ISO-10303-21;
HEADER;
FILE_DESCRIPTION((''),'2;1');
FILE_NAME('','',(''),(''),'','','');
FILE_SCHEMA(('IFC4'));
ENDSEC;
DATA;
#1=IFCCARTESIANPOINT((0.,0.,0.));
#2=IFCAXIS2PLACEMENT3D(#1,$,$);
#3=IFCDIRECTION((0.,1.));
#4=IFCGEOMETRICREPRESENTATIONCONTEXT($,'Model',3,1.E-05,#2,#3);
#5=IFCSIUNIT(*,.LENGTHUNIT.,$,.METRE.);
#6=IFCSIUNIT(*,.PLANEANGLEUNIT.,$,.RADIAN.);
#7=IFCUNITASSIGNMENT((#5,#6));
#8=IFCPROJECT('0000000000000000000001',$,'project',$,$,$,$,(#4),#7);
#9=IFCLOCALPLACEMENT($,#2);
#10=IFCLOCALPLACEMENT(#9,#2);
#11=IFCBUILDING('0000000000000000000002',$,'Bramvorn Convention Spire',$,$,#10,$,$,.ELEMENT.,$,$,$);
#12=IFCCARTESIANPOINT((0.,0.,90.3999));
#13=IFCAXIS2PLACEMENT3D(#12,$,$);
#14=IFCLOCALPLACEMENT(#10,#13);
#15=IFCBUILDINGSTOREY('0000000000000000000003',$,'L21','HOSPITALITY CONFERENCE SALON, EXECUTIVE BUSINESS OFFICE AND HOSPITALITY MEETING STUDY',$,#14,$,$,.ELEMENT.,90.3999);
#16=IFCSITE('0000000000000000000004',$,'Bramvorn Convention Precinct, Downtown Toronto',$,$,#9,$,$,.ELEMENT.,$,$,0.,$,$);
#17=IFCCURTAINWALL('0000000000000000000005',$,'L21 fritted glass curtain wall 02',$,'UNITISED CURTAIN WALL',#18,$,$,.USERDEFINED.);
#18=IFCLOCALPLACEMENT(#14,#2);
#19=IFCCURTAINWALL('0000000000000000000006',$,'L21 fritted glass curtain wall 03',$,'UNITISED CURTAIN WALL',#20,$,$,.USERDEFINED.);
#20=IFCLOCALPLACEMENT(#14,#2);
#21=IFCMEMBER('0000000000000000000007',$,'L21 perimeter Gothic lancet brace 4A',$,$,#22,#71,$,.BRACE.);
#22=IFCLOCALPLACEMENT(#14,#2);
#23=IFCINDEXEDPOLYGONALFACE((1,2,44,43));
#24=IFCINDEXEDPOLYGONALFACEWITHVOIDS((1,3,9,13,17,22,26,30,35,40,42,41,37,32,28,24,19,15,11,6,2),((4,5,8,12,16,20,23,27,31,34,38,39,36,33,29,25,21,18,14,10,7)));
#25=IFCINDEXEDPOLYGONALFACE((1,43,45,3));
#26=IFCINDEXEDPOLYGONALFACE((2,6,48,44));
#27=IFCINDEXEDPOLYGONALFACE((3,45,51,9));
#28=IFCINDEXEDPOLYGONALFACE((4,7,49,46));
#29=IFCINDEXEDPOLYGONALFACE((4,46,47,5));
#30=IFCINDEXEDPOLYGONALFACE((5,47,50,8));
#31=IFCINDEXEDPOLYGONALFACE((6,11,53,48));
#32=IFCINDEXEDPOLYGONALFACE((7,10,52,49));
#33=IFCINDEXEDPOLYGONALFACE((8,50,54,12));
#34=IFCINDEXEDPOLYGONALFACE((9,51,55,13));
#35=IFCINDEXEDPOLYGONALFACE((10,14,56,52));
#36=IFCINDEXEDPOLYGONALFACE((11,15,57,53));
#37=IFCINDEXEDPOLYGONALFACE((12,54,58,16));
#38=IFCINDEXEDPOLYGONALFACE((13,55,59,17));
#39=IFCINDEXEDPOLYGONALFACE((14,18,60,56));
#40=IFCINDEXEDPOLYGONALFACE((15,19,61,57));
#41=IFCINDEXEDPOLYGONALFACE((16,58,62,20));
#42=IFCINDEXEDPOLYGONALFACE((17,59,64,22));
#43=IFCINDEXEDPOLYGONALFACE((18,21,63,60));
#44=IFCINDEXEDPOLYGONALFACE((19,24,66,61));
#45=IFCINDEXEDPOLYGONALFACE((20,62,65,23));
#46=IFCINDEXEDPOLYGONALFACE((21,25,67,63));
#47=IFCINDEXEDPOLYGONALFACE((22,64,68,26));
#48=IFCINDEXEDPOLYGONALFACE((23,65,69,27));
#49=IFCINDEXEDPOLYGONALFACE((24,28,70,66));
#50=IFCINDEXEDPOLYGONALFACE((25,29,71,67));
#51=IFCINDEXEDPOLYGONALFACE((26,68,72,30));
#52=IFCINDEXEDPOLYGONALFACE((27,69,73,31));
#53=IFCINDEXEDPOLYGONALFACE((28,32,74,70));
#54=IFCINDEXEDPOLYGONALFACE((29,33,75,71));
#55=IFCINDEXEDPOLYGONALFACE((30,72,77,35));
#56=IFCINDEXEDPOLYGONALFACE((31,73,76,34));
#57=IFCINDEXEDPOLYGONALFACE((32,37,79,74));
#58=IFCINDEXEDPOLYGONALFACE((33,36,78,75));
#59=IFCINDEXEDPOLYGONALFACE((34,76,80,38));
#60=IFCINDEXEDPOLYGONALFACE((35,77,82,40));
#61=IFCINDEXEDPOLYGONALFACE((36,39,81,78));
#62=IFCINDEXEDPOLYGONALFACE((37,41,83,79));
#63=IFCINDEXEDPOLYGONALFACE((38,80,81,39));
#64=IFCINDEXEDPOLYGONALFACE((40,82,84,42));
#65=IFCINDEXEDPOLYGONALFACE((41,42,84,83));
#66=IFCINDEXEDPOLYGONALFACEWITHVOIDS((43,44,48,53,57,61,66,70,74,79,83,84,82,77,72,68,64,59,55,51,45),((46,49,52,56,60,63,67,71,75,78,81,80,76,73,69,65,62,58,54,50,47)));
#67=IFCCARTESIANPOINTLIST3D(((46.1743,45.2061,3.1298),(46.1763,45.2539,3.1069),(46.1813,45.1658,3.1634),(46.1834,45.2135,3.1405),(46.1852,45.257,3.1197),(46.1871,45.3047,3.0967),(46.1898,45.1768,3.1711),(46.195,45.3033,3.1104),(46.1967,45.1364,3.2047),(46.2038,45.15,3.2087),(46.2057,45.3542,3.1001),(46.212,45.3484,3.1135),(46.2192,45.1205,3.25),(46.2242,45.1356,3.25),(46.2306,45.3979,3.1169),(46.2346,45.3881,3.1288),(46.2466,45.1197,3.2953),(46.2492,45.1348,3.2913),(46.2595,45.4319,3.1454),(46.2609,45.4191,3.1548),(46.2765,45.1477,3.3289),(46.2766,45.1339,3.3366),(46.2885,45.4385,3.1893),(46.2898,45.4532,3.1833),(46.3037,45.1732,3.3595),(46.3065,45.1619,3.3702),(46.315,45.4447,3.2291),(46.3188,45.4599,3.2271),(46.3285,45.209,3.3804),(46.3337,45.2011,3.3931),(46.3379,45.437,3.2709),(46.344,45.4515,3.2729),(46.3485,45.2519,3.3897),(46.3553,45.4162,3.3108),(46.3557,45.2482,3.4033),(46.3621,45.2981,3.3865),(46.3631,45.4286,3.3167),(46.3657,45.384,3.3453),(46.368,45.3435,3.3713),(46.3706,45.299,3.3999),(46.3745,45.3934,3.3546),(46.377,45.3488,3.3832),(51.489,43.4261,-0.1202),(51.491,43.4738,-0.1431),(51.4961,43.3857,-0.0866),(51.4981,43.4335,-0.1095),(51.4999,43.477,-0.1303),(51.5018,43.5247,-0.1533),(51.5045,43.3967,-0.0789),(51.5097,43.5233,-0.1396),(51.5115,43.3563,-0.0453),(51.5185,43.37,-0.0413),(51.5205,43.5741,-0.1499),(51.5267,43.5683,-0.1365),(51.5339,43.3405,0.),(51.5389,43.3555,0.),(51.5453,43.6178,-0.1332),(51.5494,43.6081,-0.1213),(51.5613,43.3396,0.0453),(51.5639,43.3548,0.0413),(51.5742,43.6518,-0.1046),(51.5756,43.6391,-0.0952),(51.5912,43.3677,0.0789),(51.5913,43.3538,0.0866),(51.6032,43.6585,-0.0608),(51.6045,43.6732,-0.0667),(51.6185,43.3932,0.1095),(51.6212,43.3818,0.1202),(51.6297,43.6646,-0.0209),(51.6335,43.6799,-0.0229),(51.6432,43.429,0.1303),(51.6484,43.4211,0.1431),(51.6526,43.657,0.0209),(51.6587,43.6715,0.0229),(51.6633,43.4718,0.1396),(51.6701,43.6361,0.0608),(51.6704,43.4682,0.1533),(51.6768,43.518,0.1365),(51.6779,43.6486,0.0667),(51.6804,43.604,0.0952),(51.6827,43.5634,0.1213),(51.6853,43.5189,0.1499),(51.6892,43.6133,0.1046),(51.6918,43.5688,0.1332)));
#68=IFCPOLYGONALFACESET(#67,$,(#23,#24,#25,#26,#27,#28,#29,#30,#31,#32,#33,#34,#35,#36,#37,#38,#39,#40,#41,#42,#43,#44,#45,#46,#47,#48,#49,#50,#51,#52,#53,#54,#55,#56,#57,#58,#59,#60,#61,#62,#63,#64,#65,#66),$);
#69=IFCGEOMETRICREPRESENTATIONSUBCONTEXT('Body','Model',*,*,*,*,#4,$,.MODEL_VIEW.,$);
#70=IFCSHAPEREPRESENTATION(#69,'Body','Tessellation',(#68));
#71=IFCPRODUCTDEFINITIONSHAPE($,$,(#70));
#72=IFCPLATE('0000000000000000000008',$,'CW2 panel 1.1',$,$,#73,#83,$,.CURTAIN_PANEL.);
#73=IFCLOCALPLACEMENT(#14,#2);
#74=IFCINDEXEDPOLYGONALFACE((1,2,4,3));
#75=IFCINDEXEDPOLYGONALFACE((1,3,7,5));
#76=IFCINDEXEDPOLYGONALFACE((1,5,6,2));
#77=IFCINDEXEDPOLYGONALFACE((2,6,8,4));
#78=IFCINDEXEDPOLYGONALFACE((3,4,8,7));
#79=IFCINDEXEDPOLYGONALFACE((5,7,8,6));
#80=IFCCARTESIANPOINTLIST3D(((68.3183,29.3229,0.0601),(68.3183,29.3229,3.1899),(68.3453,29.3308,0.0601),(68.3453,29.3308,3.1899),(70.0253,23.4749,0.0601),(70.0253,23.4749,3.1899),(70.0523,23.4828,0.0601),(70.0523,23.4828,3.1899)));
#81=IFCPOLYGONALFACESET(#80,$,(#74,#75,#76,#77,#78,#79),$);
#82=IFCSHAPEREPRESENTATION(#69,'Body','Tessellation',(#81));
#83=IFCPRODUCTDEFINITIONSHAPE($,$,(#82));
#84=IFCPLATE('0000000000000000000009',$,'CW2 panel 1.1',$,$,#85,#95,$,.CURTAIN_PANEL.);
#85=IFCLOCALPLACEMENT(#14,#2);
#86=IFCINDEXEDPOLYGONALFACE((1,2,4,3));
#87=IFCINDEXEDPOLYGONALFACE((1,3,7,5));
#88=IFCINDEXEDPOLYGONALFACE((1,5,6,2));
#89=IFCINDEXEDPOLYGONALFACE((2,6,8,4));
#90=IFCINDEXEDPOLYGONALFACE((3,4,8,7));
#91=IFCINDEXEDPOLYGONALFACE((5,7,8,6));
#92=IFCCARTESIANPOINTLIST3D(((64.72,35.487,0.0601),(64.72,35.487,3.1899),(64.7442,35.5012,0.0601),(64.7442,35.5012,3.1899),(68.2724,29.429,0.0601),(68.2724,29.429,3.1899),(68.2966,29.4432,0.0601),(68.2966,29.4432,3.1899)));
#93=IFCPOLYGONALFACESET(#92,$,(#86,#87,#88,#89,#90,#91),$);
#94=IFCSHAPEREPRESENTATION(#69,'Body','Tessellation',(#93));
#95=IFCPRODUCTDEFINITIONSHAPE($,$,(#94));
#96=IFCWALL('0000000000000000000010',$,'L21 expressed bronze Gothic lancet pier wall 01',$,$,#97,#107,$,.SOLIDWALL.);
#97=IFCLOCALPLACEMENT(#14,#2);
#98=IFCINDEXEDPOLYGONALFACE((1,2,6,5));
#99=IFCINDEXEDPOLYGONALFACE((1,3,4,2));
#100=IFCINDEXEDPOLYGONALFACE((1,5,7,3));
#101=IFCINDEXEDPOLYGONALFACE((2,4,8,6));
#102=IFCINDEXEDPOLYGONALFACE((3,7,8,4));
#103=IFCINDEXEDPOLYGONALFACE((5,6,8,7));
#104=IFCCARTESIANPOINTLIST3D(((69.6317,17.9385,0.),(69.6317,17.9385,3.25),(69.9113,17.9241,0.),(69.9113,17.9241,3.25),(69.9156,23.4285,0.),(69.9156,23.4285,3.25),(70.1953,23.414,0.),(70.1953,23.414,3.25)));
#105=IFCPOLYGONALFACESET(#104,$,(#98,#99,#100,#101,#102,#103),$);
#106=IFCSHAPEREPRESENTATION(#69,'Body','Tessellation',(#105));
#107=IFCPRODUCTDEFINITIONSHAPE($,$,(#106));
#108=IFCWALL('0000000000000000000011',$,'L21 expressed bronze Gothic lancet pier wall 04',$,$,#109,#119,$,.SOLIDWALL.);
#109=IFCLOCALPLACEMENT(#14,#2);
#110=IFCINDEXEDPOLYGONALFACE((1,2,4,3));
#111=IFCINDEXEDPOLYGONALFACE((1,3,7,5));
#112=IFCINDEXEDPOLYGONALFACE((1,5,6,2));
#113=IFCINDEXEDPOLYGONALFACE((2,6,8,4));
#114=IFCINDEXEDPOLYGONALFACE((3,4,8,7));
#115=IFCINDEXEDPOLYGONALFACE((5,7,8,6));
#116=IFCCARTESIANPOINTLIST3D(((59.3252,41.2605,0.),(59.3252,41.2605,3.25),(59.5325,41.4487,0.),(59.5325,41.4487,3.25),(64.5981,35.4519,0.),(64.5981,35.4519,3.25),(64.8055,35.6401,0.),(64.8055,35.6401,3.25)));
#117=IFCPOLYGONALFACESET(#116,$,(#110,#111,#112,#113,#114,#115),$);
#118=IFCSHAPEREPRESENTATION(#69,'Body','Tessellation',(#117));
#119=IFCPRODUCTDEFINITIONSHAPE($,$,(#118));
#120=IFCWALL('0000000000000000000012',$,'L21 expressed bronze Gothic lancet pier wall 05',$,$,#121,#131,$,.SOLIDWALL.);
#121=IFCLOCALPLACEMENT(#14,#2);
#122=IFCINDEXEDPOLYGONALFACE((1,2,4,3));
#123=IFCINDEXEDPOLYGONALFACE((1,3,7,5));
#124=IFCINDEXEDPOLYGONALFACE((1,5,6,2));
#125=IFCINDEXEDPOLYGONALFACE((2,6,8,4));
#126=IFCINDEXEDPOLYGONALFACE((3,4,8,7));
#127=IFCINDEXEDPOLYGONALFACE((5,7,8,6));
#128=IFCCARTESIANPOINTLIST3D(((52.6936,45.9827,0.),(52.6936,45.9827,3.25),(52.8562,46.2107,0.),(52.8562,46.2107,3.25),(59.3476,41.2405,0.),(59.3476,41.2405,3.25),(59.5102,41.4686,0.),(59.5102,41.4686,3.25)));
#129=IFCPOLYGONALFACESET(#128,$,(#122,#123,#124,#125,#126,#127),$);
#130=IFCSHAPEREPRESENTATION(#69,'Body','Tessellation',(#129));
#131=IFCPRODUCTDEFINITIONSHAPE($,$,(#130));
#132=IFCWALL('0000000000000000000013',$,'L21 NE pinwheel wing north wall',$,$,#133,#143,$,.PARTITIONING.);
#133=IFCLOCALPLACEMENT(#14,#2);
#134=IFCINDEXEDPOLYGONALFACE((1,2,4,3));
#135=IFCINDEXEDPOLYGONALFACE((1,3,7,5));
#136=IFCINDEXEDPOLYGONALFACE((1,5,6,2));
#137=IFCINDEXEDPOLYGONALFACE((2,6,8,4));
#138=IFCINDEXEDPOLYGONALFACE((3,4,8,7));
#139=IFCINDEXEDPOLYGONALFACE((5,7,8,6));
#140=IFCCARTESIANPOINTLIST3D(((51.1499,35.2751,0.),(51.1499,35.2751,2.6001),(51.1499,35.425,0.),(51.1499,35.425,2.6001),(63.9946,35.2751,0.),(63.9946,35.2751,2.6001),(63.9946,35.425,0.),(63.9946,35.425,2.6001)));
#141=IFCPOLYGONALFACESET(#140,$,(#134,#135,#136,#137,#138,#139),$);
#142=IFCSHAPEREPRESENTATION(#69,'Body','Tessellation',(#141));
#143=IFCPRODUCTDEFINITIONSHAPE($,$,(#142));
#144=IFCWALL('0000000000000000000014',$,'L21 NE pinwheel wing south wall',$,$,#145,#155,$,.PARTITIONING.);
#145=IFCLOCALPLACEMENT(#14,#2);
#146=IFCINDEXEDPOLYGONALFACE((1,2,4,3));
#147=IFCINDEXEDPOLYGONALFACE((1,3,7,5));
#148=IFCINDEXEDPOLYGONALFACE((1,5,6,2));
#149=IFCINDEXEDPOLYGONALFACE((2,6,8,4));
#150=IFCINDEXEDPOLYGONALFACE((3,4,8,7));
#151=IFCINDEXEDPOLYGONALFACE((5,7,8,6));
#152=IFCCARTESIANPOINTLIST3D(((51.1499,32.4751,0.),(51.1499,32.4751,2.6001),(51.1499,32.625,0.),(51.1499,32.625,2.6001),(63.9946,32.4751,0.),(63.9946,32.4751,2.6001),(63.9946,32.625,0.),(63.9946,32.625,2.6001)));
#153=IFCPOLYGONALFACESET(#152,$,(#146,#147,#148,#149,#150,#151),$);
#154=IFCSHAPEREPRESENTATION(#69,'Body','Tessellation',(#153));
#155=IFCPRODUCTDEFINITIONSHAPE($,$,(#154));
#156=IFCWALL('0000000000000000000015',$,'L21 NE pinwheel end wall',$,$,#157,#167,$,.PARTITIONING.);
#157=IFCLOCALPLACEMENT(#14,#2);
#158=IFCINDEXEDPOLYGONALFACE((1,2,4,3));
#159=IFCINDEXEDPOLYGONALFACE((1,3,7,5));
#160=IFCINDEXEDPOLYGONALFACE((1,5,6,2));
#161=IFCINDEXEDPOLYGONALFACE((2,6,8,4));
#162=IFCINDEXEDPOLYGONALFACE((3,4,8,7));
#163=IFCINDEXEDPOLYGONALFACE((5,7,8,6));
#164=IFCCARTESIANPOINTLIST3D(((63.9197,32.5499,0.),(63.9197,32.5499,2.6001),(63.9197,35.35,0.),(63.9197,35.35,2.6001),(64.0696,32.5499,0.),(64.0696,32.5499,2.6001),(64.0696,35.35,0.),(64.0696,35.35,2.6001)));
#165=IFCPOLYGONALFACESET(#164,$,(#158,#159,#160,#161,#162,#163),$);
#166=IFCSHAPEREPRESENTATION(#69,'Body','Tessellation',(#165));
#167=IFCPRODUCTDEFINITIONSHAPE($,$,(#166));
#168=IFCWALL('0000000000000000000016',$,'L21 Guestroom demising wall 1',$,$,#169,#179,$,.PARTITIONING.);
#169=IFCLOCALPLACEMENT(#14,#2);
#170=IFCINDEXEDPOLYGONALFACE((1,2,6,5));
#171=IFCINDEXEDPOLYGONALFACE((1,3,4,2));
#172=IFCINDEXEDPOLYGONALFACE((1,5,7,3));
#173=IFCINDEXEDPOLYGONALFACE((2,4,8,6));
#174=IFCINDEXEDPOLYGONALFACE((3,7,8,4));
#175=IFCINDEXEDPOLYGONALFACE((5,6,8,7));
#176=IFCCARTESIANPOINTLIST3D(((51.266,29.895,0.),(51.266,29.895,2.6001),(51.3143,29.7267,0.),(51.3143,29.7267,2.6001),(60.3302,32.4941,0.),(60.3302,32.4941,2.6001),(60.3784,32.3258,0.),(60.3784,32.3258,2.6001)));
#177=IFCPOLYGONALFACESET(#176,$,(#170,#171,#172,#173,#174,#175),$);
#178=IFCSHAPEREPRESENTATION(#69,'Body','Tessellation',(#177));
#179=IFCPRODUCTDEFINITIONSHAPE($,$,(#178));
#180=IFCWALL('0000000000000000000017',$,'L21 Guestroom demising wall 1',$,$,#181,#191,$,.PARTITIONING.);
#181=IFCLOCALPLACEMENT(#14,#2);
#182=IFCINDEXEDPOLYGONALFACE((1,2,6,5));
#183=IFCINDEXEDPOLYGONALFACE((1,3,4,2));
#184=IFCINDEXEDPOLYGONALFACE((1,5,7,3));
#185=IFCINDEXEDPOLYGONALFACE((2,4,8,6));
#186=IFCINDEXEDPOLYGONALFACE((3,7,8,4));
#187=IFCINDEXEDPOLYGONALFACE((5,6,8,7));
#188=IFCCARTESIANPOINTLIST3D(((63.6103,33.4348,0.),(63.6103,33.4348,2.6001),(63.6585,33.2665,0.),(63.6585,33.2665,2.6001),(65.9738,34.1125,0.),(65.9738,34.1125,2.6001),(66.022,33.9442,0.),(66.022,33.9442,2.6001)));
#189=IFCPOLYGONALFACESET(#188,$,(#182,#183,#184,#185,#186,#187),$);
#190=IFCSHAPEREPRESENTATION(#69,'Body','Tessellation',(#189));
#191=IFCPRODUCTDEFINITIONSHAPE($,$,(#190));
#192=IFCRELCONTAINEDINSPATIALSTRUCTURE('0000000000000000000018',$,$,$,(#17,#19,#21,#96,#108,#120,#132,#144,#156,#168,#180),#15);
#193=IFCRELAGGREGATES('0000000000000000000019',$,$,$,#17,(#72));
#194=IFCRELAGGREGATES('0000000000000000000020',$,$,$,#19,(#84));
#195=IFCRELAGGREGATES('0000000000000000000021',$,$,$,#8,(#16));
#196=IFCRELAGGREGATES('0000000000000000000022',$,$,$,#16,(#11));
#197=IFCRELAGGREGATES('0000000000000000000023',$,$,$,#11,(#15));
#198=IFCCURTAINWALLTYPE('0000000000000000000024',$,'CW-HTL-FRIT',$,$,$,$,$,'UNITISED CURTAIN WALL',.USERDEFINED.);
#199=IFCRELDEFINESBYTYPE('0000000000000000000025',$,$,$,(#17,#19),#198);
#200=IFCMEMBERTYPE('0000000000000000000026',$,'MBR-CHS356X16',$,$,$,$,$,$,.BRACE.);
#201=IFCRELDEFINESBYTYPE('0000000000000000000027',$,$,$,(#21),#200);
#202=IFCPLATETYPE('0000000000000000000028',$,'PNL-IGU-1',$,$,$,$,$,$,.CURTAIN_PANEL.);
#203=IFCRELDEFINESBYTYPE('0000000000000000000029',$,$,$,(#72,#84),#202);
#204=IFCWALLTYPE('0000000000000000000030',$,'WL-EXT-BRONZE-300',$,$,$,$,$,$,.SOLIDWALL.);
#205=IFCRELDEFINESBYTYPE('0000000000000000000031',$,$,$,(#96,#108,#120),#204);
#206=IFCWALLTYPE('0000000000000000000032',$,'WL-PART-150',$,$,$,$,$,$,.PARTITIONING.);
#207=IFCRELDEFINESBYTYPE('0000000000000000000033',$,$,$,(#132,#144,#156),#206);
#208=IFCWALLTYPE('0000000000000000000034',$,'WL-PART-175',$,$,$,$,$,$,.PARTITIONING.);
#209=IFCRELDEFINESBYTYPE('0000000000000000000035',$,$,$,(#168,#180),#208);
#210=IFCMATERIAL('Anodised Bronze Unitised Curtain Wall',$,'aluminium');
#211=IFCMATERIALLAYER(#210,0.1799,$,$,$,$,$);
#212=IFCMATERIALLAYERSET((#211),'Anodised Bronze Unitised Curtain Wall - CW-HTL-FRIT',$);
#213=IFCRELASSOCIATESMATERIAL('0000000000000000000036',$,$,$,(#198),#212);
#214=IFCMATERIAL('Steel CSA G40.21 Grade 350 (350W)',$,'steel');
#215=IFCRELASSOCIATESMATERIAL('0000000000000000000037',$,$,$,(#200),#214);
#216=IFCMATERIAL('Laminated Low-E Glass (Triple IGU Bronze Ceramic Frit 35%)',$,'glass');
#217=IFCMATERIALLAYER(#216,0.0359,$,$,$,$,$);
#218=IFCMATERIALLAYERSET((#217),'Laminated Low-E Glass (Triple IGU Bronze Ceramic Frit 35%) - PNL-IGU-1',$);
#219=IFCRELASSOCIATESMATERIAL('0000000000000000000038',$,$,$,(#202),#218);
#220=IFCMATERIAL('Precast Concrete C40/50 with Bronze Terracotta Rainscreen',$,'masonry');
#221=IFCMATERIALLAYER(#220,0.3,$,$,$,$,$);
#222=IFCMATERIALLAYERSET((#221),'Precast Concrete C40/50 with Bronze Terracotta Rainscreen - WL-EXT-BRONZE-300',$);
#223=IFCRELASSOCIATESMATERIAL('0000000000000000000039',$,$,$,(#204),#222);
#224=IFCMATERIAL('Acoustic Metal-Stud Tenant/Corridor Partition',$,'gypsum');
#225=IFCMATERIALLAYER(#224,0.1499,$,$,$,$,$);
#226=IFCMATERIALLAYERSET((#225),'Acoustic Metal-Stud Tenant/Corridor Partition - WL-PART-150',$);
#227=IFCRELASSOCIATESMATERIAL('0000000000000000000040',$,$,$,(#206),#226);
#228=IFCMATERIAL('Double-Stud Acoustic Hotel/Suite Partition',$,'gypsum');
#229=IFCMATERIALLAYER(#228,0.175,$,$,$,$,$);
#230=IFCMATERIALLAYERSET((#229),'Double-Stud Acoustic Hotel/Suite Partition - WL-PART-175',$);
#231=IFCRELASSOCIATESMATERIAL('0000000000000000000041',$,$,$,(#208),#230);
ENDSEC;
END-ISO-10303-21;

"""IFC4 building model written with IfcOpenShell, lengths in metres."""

from ifc_helpers import new_model, si_unit, direction, frame, frame_2d, origin, origin_2d, place, context, subcontext, project, spatial, rectangle, hollow_circle, extrude, material, layer, layer_set, material_profile, profile_set, type_object, element, aggregate, save


model = new_model("IFC4")

# Units and contexts
model_context = context("Model", 3, precision=1e-05, world=origin(), true_north=direction((0.0, 1.0)))
body_context = subcontext(model_context, "Body", "Model", "MODEL_VIEW")
ifc_project = project(units=[si_unit("LENGTHUNIT", "METRE"), si_unit("PLANEANGLEUNIT", "RADIAN")], contexts=[model_context])

# Site, building, storey
site_placement = place(None, origin())
site = spatial("IfcSite", under=ifc_project, at=site_placement, Name="Bramvorn Convention Precinct, Downtown Toronto", CompositionType="ELEMENT", RefElevation=0.0)
building_placement = place(site_placement, origin())
building = spatial("IfcBuilding", under=site, at=building_placement, Name="Bramvorn Convention Spire", CompositionType="ELEMENT")
storey_placement = place(building_placement, frame((0.0, 0.0, 90.3999)))
storey = spatial("IfcBuildingStorey", under=building, at=storey_placement, Name="L21", Description="HOSPITALITY CONFERENCE SALON, EXECUTIVE BUSINESS OFFICE AND HOSPITALITY MEETING STUDY", CompositionType="ELEMENT", Elevation=90.3999)

# Shared definitions
ifc_material_1 = material(Name="Steel CSA G40.21 Grade 350 (350W)", Category="steel")

# Curtain walls
ifc_material_2 = material(Name="Anodised Bronze Unitised Curtain Wall", Category="aluminium")
ifc_layer_1 = layer(ifc_material_2, 0.1799)
ifc_layer_set_1 = layer_set([ifc_layer_1], Name="Anodised Bronze Unitised Curtain Wall - CW-HTL-FRIT")
curtain_wall_type = type_object("IfcCurtainWallType", Name="CW-HTL-FRIT", ElementType="UNITISED CURTAIN WALL", PredefinedType="USERDEFINED", material=ifc_layer_set_1)
curtain_wall_1_placement = place(storey_placement, origin())
curtain_wall_1 = element("IfcCurtainWall", 1, at=curtain_wall_1_placement, inside=storey, type_object=curtain_wall_type, Name="L21 fritted glass curtain wall 02", ObjectType="UNITISED CURTAIN WALL", PredefinedType="USERDEFINED")
curtain_wall_2_placement = place(storey_placement, origin())
curtain_wall_2 = element("IfcCurtainWall", 2, at=curtain_wall_2_placement, inside=storey, type_object=curtain_wall_type, Name="L21 fritted glass curtain wall 03", ObjectType="UNITISED CURTAIN WALL", PredefinedType="USERDEFINED")

# Member
ifc_material_profile_1 = material_profile(ifc_material_1, hollow_circle(Radius=0.1777, WallThickness=0.0159, at=origin_2d()))
ifc_profile_set_1 = profile_set([ifc_material_profile_1], Name="Steel CSA G40.21 Grade 350 (350W) - CHS356X16")
member_type_1 = type_object("IfcMemberType", Name="MBR-CHS356X16", PredefinedType="BRACE", material=ifc_profile_set_1)
member_1_placement = place(storey_placement, frame((51.5903, 43.509, 0.0), z_axis=(-0.8203, 0.27474, 0.501623), x_axis=(-0.317586, -0.948229, 0.0)))
element("IfcMember", 3, at=member_1_placement, inside=storey, type_object=member_type_1, Name="L21 perimeter Gothic lancet brace 4A", PredefinedType="BRACE", context=body_context, shape_type="SweptSolid", body=[
    extrude(hollow_circle(Radius=0.1777, WallThickness=0.0159, at=origin_2d()), origin(), (0.0, 0.0, 1.0), 6.479),
])

# Plates
ifc_material_3 = material(Name="Laminated Low-E Glass (Triple IGU Bronze Ceramic Frit 35%)", Category="glass")
ifc_layer_2 = layer(ifc_material_3, 0.0359)
ifc_layer_set_2 = layer_set([ifc_layer_2], Name="Laminated Low-E Glass (Triple IGU Bronze Ceramic Frit 35%) - PNL-IGU-1")
plate_type = type_object("IfcPlateType", Name="PNL-IGU-1", PredefinedType="CURTAIN_PANEL", material=ifc_layer_set_2)
plate_1_placement = place(storey_placement, frame((69.1853, 26.4028, 0.0601), z_axis=(0.0, 0.0, 1.0), x_axis=(0.280198, -0.959942, 0.0)))
plate_1 = element("IfcPlate", 4, at=plate_1_placement, type_object=plate_type, Name="CW2 panel 1.1", PredefinedType="CURTAIN_PANEL", context=body_context, shape_type="SweptSolid", body=[
    extrude(rectangle(XDim=6.092, YDim=0.0281, at=origin_2d()), origin(), (0.0, 0.0, 1.0), 3.1299),
])
aggregate(curtain_wall_1, [plate_1])
plate_2_placement = place(storey_placement, frame((66.5083, 32.4651, 0.0601), z_axis=(0.0, 0.0, 1.0), x_axis=(0.505837, -0.862629, 0.0)))
plate_2 = element("IfcPlate", 5, at=plate_2_placement, type_object=plate_type, Name="CW2 panel 1.1", PredefinedType="CURTAIN_PANEL", context=body_context, shape_type="SweptSolid", body=[
    extrude(rectangle(XDim=7.0227, YDim=0.0281, at=origin_2d()), origin(), (0.0, 0.0, 1.0), 3.1299),
])
aggregate(curtain_wall_2, [plate_2])

# Walls
ifc_material_4 = material(Name="Precast Concrete C40/50 with Bronze Terracotta Rainscreen", Category="masonry")
ifc_layer_3 = layer(ifc_material_4, 0.3)
ifc_layer_set_3 = layer_set([ifc_layer_3], Name="Precast Concrete C40/50 with Bronze Terracotta Rainscreen - WL-EXT-BRONZE-300")
wall_type_1 = type_object("IfcWallType", Name="WL-EXT-BRONZE-300", PredefinedType="SOLIDWALL", material=ifc_layer_set_3)
wall_1_placement = place(storey_placement, frame((70.0554, 23.4211, 0.0), z_axis=(0.0, 0.0, 1.0), x_axis=(-0.05165, -0.998665, 0.0)))
element("IfcWall", 6, at=wall_1_placement, inside=storey, type_object=wall_type_1, Name="L21 expressed bronze Gothic lancet pier wall 01", PredefinedType="SOLIDWALL", context=body_context, shape_type="SweptSolid", body=[
    extrude(rectangle(XDim=5.4973, YDim=0.28, at=frame_2d((2.7485, 0.0))), origin(), (0.0, 0.0, 1.0), 3.25),
])
wall_2_placement = place(storey_placement, frame((59.429, 41.3545, 0.0), z_axis=(0.0, 0.0, 1.0), x_axis=(0.672143, -0.740421, 0.0)))
element("IfcWall", 7, at=wall_2_placement, inside=storey, type_object=wall_type_1, Name="L21 expressed bronze Gothic lancet pier wall 04", PredefinedType="SOLIDWALL", context=body_context, shape_type="SweptSolid", body=[
    extrude(rectangle(XDim=7.845, YDim=0.28, at=frame_2d((3.9224, 0.0))), origin(), (0.0, 0.0, 1.0), 3.25),
])
wall_3_placement = place(storey_placement, frame((52.7749, 46.0967, 0.0), z_axis=(0.0, 0.0, 1.0), x_axis=(0.814353, -0.58037, 0.0)))
element("IfcWall", 8, at=wall_3_placement, inside=storey, type_object=wall_type_1, Name="L21 expressed bronze Gothic lancet pier wall 05", PredefinedType="SOLIDWALL", context=body_context, shape_type="SweptSolid", body=[
    extrude(rectangle(XDim=8.1709, YDim=0.28, at=frame_2d((4.0854, 0.0))), origin(), (0.0, 0.0, 1.0), 3.25),
])
ifc_material_5 = material(Name="Acoustic Metal-Stud Tenant/Corridor Partition", Category="gypsum")
ifc_layer_4 = layer(ifc_material_5, 0.1499)
ifc_layer_set_4 = layer_set([ifc_layer_4], Name="Acoustic Metal-Stud Tenant/Corridor Partition - WL-PART-150")
wall_type_2 = type_object("IfcWallType", Name="WL-PART-150", PredefinedType="PARTITIONING", material=ifc_layer_set_4)
for number, where, z_axis, x_axis, name in (
    (9, (51.1499, 35.3501, 0.0), (0.0, 0.0, 1.0), (1.0, 0.0, 0.0), "L21 NE pinwheel wing north wall"),
    (10, (51.1499, 32.55, 0.0), (0.0, 0.0, 1.0), (1.0, 0.0, 0.0), "L21 NE pinwheel wing south wall"),
):
    element("IfcWall", number, at=place(storey_placement, frame(where, z_axis=z_axis, x_axis=x_axis)), inside=storey, type_object=wall_type_2, Name=name, PredefinedType="PARTITIONING", context=body_context, shape_type="SweptSolid", body=[
        extrude(rectangle(XDim=12.8447, YDim=0.1499, at=frame_2d((6.4224, 0.0))), origin(), (0.0, 0.0, 1.0), 2.6001),
    ])
wall_4_placement = place(storey_placement, frame((63.9946, 32.55, 0.0), z_axis=(0.0, 0.0, 1.0), x_axis=(0.0, 1.0, 0.0)))
element("IfcWall", 11, at=wall_4_placement, inside=storey, type_object=wall_type_2, Name="L21 NE pinwheel end wall", PredefinedType="PARTITIONING", context=body_context, shape_type="SweptSolid", body=[
    extrude(rectangle(XDim=2.8, YDim=0.1499, at=frame_2d((1.3999, 0.0))), origin(), (0.0, 0.0, 1.0), 2.6001),
])
ifc_material_6 = material(Name="Double-Stud Acoustic Hotel/Suite Partition", Category="gypsum")
ifc_layer_5 = layer(ifc_material_6, 0.175)
ifc_layer_set_5 = layer_set([ifc_layer_5], Name="Double-Stud Acoustic Hotel/Suite Partition - WL-PART-175")
wall_type_3 = type_object("IfcWallType", Name="WL-PART-175", PredefinedType="PARTITIONING", material=ifc_layer_set_5)
wall_5_placement = place(storey_placement, frame((51.29, 29.8108, 0.0), z_axis=(0.0, 0.0, 1.0), x_axis=(0.961262, 0.275637, 0.0)))
element("IfcWall", 12, at=wall_5_placement, inside=storey, type_object=wall_type_3, Name="L21 Guestroom demising wall 1", PredefinedType="PARTITIONING", context=body_context, shape_type="SweptSolid", body=[
    extrude(rectangle(XDim=9.4294, YDim=0.175, at=frame_2d((4.7148, 0.0))), origin(), (0.0, 0.0, 1.0), 2.6001),
])
wall_6_placement = place(storey_placement, frame((63.6343, 33.3506, 0.0), z_axis=(0.0, 0.0, 1.0), x_axis=(0.961261, 0.275639, 0.0)))
element("IfcWall", 13, at=wall_6_placement, inside=storey, type_object=wall_type_3, Name="L21 Guestroom demising wall 1", PredefinedType="PARTITIONING", context=body_context, shape_type="SweptSolid", body=[
    extrude(rectangle(XDim=2.4587, YDim=0.175, at=frame_2d((1.2295, 0.0))), origin(), (0.0, 0.0, 1.0), 2.6001),
])

save(model, "model.ifc")
